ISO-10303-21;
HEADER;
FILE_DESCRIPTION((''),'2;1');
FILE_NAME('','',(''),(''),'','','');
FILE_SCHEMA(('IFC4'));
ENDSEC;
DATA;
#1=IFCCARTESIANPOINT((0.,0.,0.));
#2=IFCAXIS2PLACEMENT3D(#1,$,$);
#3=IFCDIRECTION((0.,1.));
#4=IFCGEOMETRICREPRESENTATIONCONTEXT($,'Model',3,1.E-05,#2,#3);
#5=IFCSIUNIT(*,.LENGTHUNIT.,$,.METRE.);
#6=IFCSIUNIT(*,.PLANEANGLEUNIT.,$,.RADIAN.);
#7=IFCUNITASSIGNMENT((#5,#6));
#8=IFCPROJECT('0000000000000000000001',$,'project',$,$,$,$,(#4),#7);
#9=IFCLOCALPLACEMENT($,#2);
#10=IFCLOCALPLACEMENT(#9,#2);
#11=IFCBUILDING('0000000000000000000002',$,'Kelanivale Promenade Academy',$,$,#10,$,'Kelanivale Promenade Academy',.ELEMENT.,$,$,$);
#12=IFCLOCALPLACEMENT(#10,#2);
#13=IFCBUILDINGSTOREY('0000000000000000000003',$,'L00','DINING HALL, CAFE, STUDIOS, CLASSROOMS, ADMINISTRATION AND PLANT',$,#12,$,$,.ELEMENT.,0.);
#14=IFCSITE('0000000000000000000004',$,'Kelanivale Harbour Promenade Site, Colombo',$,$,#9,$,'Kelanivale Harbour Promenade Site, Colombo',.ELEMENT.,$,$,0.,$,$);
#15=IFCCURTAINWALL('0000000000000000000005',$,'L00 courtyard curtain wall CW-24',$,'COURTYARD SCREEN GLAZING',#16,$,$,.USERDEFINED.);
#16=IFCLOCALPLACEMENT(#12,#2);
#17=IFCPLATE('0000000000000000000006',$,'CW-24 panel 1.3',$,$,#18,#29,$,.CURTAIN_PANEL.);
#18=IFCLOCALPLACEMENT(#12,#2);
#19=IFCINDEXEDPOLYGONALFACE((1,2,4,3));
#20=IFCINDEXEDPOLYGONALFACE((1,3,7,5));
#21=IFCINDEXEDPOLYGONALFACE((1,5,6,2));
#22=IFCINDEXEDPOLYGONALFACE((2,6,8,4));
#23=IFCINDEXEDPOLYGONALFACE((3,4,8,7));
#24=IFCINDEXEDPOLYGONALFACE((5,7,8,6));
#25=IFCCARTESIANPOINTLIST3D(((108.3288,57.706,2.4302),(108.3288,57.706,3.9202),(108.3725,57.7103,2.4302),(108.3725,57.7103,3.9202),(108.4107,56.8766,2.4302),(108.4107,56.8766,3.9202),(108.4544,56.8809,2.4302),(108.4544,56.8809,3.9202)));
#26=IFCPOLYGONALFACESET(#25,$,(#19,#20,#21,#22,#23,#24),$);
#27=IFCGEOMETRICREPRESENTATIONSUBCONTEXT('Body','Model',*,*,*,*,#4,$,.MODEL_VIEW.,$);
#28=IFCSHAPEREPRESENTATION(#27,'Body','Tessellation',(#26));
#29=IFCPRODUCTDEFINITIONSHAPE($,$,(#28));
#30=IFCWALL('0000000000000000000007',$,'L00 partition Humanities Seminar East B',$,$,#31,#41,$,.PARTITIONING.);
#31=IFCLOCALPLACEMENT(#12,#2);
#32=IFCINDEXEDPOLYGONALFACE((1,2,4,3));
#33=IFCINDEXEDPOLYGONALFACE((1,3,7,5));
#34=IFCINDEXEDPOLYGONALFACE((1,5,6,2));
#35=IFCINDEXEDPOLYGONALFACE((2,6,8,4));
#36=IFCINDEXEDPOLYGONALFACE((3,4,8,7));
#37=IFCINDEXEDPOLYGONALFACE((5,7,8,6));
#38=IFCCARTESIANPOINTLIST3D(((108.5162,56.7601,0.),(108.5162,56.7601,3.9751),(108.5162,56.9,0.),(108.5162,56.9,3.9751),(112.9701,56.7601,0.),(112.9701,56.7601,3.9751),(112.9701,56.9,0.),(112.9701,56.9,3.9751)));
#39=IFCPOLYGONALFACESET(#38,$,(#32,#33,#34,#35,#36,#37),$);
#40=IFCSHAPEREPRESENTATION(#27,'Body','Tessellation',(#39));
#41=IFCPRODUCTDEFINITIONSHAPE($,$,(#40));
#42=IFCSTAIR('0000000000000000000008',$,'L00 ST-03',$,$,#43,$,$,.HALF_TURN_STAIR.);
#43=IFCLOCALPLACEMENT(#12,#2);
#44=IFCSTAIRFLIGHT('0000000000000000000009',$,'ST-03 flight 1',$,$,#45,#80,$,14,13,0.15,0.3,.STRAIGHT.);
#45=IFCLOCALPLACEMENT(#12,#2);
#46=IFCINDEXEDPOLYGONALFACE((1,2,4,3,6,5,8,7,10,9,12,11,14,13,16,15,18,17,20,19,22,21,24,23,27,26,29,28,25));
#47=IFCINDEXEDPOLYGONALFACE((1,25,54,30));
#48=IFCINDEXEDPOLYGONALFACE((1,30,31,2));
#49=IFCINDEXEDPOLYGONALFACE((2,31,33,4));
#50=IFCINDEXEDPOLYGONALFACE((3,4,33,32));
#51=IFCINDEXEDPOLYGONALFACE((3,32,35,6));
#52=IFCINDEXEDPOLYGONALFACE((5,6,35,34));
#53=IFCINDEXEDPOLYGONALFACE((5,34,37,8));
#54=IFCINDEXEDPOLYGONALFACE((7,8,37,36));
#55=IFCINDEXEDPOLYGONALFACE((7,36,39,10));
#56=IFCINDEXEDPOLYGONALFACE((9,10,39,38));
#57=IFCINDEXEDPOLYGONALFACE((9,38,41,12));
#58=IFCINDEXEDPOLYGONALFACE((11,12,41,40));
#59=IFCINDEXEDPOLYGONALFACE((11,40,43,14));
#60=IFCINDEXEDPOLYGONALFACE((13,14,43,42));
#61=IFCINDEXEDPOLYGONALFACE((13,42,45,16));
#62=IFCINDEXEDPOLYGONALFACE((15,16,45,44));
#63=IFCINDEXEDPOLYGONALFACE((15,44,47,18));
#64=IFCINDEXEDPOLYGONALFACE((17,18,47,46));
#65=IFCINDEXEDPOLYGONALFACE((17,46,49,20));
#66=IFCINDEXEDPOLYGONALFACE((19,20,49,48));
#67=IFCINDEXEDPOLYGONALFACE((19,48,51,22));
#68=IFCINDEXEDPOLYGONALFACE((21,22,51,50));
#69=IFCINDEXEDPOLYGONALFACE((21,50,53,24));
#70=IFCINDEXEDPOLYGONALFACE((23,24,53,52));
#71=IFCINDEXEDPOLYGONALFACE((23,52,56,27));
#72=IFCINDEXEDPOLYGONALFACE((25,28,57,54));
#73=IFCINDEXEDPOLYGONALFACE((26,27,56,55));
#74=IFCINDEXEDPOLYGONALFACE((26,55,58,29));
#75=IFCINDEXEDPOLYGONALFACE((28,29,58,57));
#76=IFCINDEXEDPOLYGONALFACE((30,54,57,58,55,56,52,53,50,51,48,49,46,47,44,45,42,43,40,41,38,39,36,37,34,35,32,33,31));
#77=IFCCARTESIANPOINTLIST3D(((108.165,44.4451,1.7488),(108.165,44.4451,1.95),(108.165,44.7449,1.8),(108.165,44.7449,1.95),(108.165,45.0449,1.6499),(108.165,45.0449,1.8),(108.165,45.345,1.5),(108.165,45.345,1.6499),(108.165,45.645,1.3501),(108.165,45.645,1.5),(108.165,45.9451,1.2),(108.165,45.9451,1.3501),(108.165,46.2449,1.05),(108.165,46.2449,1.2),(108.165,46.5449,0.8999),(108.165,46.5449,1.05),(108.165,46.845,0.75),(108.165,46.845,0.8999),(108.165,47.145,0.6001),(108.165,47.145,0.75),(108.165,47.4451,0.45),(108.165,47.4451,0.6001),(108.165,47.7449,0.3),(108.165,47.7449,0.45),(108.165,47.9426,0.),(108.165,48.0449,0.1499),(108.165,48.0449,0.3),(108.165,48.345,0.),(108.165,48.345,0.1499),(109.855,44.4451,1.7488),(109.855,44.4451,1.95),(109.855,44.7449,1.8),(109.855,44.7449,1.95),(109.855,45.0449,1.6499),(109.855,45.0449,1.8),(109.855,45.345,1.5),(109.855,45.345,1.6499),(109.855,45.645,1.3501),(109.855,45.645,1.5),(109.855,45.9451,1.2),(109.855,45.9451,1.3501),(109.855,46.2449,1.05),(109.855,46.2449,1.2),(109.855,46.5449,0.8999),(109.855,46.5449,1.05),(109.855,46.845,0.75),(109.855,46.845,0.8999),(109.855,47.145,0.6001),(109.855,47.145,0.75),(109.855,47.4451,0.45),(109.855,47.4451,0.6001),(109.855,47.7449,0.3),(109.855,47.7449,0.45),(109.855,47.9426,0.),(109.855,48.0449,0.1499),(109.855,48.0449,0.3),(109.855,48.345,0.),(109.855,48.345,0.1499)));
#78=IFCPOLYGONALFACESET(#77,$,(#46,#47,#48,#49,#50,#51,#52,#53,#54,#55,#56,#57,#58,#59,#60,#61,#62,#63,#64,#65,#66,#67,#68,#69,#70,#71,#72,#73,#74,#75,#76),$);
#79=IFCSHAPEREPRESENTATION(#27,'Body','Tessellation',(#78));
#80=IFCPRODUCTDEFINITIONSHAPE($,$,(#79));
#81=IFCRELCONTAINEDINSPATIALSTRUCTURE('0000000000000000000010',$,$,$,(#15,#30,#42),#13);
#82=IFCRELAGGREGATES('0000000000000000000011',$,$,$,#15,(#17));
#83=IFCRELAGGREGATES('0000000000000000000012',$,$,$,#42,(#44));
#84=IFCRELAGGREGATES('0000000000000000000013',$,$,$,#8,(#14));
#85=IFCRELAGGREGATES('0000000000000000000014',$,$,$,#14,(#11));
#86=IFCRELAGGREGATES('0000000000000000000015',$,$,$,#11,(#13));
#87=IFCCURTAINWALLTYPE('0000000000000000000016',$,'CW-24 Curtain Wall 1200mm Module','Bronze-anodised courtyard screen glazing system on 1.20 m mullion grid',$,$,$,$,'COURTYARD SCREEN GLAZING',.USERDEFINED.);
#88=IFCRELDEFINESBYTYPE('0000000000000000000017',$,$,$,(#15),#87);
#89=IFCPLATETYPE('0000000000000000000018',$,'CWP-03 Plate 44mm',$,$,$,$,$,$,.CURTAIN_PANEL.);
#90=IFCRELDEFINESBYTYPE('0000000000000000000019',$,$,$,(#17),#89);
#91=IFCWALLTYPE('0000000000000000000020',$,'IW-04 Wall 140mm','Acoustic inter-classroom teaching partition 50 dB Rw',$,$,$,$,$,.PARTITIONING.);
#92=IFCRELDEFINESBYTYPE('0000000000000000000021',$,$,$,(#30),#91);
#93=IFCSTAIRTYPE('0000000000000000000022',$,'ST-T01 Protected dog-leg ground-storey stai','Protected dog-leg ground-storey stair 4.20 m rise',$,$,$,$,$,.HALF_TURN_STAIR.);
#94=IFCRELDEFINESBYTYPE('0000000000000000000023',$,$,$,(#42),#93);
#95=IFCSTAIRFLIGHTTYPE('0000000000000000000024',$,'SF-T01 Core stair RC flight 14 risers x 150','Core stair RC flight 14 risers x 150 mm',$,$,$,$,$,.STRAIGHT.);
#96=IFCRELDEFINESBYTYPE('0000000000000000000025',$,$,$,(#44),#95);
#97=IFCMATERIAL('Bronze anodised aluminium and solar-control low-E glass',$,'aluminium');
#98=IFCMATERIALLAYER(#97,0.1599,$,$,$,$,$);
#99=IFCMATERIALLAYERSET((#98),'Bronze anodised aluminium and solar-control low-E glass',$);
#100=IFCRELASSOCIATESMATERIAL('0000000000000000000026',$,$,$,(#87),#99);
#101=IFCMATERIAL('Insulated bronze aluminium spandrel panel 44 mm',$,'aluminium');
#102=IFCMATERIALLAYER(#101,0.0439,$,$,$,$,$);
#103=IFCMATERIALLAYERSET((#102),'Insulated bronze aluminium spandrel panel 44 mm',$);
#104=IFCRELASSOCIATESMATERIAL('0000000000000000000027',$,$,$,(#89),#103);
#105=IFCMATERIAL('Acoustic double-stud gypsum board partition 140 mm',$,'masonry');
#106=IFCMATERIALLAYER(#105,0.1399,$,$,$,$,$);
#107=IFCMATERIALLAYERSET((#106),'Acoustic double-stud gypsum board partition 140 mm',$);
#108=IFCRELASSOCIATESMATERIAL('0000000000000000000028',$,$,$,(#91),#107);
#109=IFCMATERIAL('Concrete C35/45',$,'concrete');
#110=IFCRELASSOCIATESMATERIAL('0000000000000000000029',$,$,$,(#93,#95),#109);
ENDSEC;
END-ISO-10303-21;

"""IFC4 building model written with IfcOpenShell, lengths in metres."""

from ifc_helpers import new_model, si_unit, direction, frame, frame_2d, origin, origin_2d, place, context, subcontext, project, spatial, polyline, rectangle, outline, extrude, material, layer, layer_set, type_object, element, aggregate, save


model = new_model("IFC4")

# Units and contexts
model_context = context("Model", 3, precision=1e-05, world=origin(), true_north=direction((0.0, 1.0)))
body_context = subcontext(model_context, "Body", "Model", "MODEL_VIEW")
ifc_project = project(units=[si_unit("LENGTHUNIT", "METRE"), si_unit("PLANEANGLEUNIT", "RADIAN")], contexts=[model_context])

# Site, building, storey
site_placement = place(None, origin())
site = spatial("IfcSite", under=ifc_project, at=site_placement, Name="Kelanivale Harbour Promenade Site, Colombo", LongName="Kelanivale Harbour Promenade Site, Colombo", CompositionType="ELEMENT", RefElevation=0.0)
building_placement = place(site_placement, origin())
building = spatial("IfcBuilding", under=site, at=building_placement, Name="Kelanivale Promenade Academy", LongName="Kelanivale Promenade Academy", CompositionType="ELEMENT")
storey_placement = place(building_placement, origin())
storey = spatial("IfcBuildingStorey", under=building, at=storey_placement, Name="L00", Description="DINING HALL, CAFE, STUDIOS, CLASSROOMS, ADMINISTRATION AND PLANT", CompositionType="ELEMENT", Elevation=0.0)

# Shared definitions
ifc_material_1 = material(Name="Concrete C35/45", Category="concrete")

# Curtain wall
ifc_material_2 = material(Name="Bronze anodised aluminium and solar-control low-E glass", Category="aluminium")
ifc_layer_1 = layer(ifc_material_2, 0.1599)
ifc_layer_set_1 = layer_set([ifc_layer_1], Name="Bronze anodised aluminium and solar-control low-E glass")
curtain_wall_type_1 = type_object("IfcCurtainWallType", Name="CW-24 Curtain Wall 1200mm Module", Description="Bronze-anodised courtyard screen glazing system on 1.20 m mullion grid", ElementType="COURTYARD SCREEN GLAZING", PredefinedType="USERDEFINED", material=ifc_layer_set_1)
curtain_wall_1_placement = place(storey_placement, origin())
curtain_wall_1 = element("IfcCurtainWall", 1, at=curtain_wall_1_placement, inside=storey, type_object=curtain_wall_type_1, Name="L00 courtyard curtain wall CW-24", ObjectType="COURTYARD SCREEN GLAZING", PredefinedType="USERDEFINED")

# Plate
ifc_material_3 = material(Name="Insulated bronze aluminium spandrel panel 44 mm", Category="aluminium")
ifc_layer_2 = layer(ifc_material_3, 0.0439)
ifc_layer_set_2 = layer_set([ifc_layer_2], Name="Insulated bronze aluminium spandrel panel 44 mm")
plate_type_1 = type_object("IfcPlateType", Name="CWP-03 Plate 44mm", PredefinedType="CURTAIN_PANEL", material=ifc_layer_set_2)
plate_1_placement = place(storey_placement, frame((108.3916, 57.2935, 2.4302), z_axis=(0.0, 0.0, 1.0), x_axis=(-0.098281, 0.995159, 0.0)))
plate_1 = element("IfcPlate", 2, at=plate_1_placement, type_object=plate_type_1, Name="CW-24 panel 1.3", PredefinedType="CURTAIN_PANEL", context=body_context, shape_type="SweptSolid", body=[
    extrude(rectangle(XDim=0.8335, YDim=0.0439, at=origin_2d()), origin(), (0.0, 0.0, 1.0), 1.49),
])
aggregate(curtain_wall_1, [plate_1])

# Wall
ifc_material_4 = material(Name="Acoustic double-stud gypsum board partition 140 mm", Category="masonry")
ifc_layer_3 = layer(ifc_material_4, 0.1399)
ifc_layer_set_3 = layer_set([ifc_layer_3], Name="Acoustic double-stud gypsum board partition 140 mm")
wall_type = type_object("IfcWallType", Name="IW-04 Wall 140mm", Description="Acoustic inter-classroom teaching partition 50 dB Rw", PredefinedType="PARTITIONING", material=ifc_layer_set_3)
wall_placement = place(storey_placement, frame((108.5161, 56.8301, 0.0), z_axis=(0.0, 0.0, 1.0), x_axis=(1.0, 0.0, 0.0)))
element("IfcWall", 3, at=wall_placement, inside=storey, type_object=wall_type, Name="L00 partition Humanities Seminar East B", PredefinedType="PARTITIONING", context=body_context, shape_type="SweptSolid", body=[
    extrude(rectangle(XDim=4.4539, YDim=0.1399, at=frame_2d((2.2271, 0.0))), origin(), (0.0, 0.0, 1.0), 3.9751),
])

# Stair, stair flight
stair_type = type_object("IfcStairType", Name="ST-T01 Protected dog-leg ground-storey stai", Description="Protected dog-leg ground-storey stair 4.20 m rise", PredefinedType="HALF_TURN_STAIR", material=ifc_material_1)
stair_placement = place(storey_placement, origin())
stair = element("IfcStair", 4, at=stair_placement, inside=storey, type_object=stair_type, Name="L00 ST-03", PredefinedType="HALF_TURN_STAIR")
stair_flight_type = type_object("IfcStairFlightType", Name="SF-T01 Core stair RC flight 14 risers x 150", Description="Core stair RC flight 14 risers x 150 mm", PredefinedType="STRAIGHT", material=ifc_material_1)
stair_flight_placement = place(storey_placement, frame((109.01, 48.345, 0.0), z_axis=(0.0, 0.0, 1.0), x_axis=(0.0, -1.0, 0.0)))
stair_flight = element("IfcStairFlight", 5, at=stair_flight_placement, type_object=stair_flight_type, Name="ST-03 flight 1", NumberOfRisers=14, NumberOfTreads=13, PredefinedType="STRAIGHT", RiserHeight=0.15, TreadLength=0.3, context=body_context, shape_type="SweptSolid", body=[
    extrude(outline(polyline([(0.0, 0.0), (0.0, 0.1499), (0.3, 0.1499), (0.3, 0.3), (0.6001, 0.3), (0.6001, 0.45), (0.8999, 0.45), (0.8999, 0.6001), (1.2, 0.6001), (1.2, 0.75), (1.5, 0.75), (1.5, 0.8999), (1.8, 0.8999), (1.8, 1.05), (2.1001, 1.05), (2.1001, 1.2), (2.3999, 1.2), (2.3999, 1.3501), (2.7, 1.3501), (2.7, 1.5), (3.0, 1.5), (3.0, 1.6499), (3.3, 1.6499), (3.3, 1.8), (3.6001, 1.8), (3.6001, 1.95), (3.8999, 1.95), (3.8999, 2.1001), (3.8999, 1.7488), (0.4023, 0.0), (0.0, 0.0)])), frame((0.0, 0.845, 0.0), z_axis=(0.0, -1.0, 0.0), x_axis=(1.0, 0.0, 0.0)), (0.0, 0.0, 1.0), 1.6899),
])
aggregate(stair, [stair_flight])

save(model, "model.ifc")
